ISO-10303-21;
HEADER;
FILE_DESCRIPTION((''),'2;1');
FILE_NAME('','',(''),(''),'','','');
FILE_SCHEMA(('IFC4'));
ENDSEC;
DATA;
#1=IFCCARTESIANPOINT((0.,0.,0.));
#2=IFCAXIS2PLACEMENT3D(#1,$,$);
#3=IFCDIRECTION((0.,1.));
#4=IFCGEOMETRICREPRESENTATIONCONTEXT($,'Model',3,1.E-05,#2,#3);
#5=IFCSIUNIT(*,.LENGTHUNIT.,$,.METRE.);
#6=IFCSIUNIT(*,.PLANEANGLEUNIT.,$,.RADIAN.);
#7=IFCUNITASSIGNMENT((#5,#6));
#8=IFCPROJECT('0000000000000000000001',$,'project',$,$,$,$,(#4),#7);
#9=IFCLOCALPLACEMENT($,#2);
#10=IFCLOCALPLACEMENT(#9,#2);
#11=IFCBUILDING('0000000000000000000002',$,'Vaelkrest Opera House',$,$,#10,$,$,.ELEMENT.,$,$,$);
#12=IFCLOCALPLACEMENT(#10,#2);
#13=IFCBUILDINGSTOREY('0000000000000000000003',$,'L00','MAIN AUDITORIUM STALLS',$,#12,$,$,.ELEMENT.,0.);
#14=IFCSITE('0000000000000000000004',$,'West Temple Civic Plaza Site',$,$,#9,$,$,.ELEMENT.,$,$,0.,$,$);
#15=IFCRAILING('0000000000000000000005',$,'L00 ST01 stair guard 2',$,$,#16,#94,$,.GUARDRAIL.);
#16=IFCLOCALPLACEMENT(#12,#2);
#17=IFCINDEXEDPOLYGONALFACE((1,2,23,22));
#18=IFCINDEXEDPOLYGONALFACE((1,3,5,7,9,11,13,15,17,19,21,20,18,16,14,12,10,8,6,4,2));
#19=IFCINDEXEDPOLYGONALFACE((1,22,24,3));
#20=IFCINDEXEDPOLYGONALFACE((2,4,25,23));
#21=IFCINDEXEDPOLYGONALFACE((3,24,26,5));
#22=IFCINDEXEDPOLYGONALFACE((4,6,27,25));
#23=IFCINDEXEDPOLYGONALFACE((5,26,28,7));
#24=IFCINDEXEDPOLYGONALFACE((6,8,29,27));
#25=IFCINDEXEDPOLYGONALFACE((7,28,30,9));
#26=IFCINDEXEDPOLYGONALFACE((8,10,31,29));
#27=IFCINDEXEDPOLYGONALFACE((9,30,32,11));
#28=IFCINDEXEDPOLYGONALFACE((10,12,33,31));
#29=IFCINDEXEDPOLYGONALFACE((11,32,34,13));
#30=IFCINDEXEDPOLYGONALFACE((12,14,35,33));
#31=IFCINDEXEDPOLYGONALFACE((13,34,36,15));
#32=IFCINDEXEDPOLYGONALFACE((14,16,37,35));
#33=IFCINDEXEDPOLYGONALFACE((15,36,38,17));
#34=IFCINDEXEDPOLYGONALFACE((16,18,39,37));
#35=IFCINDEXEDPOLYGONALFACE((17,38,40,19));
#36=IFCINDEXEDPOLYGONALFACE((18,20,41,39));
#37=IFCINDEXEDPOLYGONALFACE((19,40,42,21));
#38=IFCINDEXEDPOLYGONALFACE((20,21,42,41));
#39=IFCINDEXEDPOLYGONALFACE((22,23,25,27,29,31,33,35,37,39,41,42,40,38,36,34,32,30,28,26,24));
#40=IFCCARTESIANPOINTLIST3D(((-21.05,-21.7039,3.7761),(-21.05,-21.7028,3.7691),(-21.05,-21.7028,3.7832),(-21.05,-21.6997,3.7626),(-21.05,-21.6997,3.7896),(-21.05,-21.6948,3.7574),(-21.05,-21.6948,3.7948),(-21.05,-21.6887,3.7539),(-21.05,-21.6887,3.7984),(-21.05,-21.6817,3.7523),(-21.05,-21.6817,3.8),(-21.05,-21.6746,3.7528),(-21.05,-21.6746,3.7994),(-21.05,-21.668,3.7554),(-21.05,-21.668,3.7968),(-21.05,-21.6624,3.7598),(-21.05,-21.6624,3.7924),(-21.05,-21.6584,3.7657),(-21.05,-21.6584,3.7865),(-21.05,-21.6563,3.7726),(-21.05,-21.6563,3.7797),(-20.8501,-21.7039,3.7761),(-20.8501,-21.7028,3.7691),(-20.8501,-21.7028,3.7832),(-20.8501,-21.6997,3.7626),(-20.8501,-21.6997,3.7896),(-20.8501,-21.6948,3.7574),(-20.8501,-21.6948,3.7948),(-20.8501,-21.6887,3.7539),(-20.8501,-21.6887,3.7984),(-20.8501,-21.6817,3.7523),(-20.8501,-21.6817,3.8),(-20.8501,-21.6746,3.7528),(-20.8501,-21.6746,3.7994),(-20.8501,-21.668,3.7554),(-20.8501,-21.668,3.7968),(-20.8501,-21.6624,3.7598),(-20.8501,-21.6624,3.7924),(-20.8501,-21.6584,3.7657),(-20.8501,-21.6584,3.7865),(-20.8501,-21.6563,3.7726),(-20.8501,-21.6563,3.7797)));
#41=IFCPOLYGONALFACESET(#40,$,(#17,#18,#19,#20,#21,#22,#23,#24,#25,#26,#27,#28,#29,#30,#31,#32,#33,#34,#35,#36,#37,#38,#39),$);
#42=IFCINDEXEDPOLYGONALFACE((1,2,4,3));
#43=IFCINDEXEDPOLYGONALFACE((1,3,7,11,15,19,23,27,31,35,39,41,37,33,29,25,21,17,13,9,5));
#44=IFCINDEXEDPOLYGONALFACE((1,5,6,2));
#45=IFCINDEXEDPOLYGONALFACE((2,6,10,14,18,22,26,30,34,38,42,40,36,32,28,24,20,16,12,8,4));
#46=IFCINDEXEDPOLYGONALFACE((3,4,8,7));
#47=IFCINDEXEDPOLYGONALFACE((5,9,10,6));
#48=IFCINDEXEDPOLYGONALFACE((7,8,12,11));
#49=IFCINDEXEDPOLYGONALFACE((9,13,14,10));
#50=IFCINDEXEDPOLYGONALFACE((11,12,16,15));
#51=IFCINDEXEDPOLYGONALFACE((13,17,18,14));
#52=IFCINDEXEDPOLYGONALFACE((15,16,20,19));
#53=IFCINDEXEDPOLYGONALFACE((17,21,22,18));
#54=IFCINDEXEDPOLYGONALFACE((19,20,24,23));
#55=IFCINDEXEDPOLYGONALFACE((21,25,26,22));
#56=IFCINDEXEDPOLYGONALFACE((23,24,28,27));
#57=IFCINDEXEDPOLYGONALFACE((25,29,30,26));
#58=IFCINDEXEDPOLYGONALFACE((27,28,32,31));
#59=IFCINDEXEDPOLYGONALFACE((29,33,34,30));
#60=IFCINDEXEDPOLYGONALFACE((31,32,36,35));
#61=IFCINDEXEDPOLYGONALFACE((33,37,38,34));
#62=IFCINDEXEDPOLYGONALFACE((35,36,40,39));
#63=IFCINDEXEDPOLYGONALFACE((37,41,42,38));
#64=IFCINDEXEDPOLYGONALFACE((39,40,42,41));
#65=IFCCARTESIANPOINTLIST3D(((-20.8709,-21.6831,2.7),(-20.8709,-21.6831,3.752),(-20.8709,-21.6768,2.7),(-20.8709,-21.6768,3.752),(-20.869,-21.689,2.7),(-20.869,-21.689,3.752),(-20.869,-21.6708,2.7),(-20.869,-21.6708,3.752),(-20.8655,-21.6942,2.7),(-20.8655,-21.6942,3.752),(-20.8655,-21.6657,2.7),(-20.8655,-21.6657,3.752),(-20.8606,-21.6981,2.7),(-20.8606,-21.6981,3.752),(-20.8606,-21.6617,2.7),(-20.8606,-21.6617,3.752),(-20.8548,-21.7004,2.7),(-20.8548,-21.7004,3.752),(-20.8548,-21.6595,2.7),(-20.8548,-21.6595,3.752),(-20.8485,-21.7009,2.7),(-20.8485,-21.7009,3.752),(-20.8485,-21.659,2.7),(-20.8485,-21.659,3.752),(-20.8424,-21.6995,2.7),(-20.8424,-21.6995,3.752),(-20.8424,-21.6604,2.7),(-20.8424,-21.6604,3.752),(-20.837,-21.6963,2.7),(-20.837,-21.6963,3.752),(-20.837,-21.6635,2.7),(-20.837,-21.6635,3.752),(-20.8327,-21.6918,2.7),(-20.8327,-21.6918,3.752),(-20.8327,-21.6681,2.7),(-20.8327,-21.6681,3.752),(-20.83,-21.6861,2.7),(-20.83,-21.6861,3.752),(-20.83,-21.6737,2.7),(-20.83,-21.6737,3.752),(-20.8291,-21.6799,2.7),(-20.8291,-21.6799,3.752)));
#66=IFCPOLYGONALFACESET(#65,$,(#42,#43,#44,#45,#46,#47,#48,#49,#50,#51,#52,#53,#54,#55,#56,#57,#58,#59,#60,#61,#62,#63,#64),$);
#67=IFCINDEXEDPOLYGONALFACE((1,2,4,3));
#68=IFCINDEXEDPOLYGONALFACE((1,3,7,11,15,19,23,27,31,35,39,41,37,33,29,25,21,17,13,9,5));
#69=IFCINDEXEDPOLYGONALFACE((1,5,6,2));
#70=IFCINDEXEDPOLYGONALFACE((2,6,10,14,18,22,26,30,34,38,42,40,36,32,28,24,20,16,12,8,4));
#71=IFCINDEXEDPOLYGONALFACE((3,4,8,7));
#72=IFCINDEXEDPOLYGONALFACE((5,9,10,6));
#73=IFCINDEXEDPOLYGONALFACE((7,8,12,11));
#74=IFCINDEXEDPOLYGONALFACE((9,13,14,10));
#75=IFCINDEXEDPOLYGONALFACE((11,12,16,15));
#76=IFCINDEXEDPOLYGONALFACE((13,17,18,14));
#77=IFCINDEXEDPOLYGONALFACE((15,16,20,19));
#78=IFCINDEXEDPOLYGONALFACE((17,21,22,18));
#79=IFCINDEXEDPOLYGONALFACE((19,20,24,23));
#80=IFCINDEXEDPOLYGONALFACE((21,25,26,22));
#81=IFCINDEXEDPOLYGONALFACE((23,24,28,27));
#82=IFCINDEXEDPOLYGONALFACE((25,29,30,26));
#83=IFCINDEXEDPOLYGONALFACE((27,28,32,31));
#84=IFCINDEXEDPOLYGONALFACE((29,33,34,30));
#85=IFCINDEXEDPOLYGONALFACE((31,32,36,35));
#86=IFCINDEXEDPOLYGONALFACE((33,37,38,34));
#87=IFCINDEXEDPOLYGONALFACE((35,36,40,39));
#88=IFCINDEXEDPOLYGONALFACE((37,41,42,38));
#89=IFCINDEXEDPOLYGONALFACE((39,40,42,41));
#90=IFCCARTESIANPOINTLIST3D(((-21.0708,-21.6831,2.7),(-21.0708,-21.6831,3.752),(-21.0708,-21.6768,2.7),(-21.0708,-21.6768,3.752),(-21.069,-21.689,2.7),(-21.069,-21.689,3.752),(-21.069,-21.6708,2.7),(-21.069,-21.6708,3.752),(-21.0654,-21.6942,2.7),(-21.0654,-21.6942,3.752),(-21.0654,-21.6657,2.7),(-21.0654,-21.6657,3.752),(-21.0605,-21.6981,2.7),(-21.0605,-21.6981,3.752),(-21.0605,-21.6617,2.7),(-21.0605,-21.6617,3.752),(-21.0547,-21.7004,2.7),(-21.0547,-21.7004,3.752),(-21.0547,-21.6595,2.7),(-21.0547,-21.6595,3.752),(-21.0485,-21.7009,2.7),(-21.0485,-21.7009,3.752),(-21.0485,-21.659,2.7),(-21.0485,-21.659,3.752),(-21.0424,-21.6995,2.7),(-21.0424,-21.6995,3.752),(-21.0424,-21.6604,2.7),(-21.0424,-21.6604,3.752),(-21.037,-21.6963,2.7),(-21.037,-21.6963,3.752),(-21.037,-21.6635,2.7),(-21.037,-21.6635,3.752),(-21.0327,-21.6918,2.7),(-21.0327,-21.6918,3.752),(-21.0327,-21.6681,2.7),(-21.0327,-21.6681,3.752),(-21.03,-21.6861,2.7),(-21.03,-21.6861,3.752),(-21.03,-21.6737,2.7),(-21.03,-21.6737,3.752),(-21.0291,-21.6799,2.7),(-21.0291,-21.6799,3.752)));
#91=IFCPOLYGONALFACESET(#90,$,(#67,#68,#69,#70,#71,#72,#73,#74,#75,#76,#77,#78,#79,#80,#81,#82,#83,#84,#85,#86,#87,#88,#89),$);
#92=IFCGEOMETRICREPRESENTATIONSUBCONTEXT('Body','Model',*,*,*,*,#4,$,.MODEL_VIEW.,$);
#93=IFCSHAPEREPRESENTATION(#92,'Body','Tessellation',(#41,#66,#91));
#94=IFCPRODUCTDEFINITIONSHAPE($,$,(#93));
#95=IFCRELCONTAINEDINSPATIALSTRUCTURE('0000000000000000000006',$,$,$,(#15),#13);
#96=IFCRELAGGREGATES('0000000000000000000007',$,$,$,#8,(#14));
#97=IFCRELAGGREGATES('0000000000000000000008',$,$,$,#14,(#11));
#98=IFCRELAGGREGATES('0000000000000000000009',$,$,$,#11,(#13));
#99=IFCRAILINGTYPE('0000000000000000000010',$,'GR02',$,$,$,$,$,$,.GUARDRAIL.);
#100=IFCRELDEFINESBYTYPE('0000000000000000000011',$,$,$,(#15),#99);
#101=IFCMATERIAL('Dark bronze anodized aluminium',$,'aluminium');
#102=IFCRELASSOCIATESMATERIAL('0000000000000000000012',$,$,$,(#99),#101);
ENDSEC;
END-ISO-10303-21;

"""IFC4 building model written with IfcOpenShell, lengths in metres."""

from ifc_helpers import new_model, si_unit, direction, frame, origin, origin_2d, place, context, subcontext, project, spatial, circle, extrude, material, type_object, element, save


model = new_model("IFC4")

# Units and contexts
model_context = context("Model", 3, precision=1e-05, world=origin(), true_north=direction((0.0, 1.0)))
body_context = subcontext(model_context, "Body", "Model", "MODEL_VIEW")
ifc_project = project(units=[si_unit("LENGTHUNIT", "METRE"), si_unit("PLANEANGLEUNIT", "RADIAN")], contexts=[model_context])

# Site, building, storey
site_placement = place(None, origin())
site = spatial("IfcSite", under=ifc_project, at=site_placement, Name="West Temple Civic Plaza Site", CompositionType="ELEMENT", RefElevation=0.0)
building_placement = place(site_placement, origin())
building = spatial("IfcBuilding", under=site, at=building_placement, Name="Vaelkrest Opera House", CompositionType="ELEMENT")
storey_placement = place(building_placement, origin())
storey = spatial("IfcBuildingStorey", under=building, at=storey_placement, Name="L00", Description="MAIN AUDITORIUM STALLS", CompositionType="ELEMENT", Elevation=0.0)

# Shared definitions
ifc_material_1 = material(Name="Dark bronze anodized aluminium", Category="aluminium")

# Railing
railing_type_1 = type_object("IfcRailingType", Name="GR02", PredefinedType="GUARDRAIL", material=ifc_material_1)
railing_1_placement = place(storey_placement, frame((-20.8501, -21.6799, 2.7)))
element("IfcRailing", 1, at=railing_1_placement, inside=storey, type_object=railing_type_1, Name="L00 ST01 stair guard 2", PredefinedType="GUARDRAIL", context=body_context, shape_type="SweptSolid", body=[
    extrude(circle(Radius=0.0239, at=origin_2d()), frame((0.0, 0.0, 1.0762), z_axis=(-1.0, 0.0, 0.0), x_axis=(0.0, -1.0, 0.0)), (0.0, 0.0, 1.0), 0.2),
    extrude(circle(Radius=0.021, at=origin_2d()), origin(), (0.0, 0.0, 1.0), 1.052),
    extrude(circle(Radius=0.021, at=origin_2d()), frame((-0.2, 0.0, 0.0)), (0.0, 0.0, 1.0), 1.052),
])

save(model, "model.ifc")
